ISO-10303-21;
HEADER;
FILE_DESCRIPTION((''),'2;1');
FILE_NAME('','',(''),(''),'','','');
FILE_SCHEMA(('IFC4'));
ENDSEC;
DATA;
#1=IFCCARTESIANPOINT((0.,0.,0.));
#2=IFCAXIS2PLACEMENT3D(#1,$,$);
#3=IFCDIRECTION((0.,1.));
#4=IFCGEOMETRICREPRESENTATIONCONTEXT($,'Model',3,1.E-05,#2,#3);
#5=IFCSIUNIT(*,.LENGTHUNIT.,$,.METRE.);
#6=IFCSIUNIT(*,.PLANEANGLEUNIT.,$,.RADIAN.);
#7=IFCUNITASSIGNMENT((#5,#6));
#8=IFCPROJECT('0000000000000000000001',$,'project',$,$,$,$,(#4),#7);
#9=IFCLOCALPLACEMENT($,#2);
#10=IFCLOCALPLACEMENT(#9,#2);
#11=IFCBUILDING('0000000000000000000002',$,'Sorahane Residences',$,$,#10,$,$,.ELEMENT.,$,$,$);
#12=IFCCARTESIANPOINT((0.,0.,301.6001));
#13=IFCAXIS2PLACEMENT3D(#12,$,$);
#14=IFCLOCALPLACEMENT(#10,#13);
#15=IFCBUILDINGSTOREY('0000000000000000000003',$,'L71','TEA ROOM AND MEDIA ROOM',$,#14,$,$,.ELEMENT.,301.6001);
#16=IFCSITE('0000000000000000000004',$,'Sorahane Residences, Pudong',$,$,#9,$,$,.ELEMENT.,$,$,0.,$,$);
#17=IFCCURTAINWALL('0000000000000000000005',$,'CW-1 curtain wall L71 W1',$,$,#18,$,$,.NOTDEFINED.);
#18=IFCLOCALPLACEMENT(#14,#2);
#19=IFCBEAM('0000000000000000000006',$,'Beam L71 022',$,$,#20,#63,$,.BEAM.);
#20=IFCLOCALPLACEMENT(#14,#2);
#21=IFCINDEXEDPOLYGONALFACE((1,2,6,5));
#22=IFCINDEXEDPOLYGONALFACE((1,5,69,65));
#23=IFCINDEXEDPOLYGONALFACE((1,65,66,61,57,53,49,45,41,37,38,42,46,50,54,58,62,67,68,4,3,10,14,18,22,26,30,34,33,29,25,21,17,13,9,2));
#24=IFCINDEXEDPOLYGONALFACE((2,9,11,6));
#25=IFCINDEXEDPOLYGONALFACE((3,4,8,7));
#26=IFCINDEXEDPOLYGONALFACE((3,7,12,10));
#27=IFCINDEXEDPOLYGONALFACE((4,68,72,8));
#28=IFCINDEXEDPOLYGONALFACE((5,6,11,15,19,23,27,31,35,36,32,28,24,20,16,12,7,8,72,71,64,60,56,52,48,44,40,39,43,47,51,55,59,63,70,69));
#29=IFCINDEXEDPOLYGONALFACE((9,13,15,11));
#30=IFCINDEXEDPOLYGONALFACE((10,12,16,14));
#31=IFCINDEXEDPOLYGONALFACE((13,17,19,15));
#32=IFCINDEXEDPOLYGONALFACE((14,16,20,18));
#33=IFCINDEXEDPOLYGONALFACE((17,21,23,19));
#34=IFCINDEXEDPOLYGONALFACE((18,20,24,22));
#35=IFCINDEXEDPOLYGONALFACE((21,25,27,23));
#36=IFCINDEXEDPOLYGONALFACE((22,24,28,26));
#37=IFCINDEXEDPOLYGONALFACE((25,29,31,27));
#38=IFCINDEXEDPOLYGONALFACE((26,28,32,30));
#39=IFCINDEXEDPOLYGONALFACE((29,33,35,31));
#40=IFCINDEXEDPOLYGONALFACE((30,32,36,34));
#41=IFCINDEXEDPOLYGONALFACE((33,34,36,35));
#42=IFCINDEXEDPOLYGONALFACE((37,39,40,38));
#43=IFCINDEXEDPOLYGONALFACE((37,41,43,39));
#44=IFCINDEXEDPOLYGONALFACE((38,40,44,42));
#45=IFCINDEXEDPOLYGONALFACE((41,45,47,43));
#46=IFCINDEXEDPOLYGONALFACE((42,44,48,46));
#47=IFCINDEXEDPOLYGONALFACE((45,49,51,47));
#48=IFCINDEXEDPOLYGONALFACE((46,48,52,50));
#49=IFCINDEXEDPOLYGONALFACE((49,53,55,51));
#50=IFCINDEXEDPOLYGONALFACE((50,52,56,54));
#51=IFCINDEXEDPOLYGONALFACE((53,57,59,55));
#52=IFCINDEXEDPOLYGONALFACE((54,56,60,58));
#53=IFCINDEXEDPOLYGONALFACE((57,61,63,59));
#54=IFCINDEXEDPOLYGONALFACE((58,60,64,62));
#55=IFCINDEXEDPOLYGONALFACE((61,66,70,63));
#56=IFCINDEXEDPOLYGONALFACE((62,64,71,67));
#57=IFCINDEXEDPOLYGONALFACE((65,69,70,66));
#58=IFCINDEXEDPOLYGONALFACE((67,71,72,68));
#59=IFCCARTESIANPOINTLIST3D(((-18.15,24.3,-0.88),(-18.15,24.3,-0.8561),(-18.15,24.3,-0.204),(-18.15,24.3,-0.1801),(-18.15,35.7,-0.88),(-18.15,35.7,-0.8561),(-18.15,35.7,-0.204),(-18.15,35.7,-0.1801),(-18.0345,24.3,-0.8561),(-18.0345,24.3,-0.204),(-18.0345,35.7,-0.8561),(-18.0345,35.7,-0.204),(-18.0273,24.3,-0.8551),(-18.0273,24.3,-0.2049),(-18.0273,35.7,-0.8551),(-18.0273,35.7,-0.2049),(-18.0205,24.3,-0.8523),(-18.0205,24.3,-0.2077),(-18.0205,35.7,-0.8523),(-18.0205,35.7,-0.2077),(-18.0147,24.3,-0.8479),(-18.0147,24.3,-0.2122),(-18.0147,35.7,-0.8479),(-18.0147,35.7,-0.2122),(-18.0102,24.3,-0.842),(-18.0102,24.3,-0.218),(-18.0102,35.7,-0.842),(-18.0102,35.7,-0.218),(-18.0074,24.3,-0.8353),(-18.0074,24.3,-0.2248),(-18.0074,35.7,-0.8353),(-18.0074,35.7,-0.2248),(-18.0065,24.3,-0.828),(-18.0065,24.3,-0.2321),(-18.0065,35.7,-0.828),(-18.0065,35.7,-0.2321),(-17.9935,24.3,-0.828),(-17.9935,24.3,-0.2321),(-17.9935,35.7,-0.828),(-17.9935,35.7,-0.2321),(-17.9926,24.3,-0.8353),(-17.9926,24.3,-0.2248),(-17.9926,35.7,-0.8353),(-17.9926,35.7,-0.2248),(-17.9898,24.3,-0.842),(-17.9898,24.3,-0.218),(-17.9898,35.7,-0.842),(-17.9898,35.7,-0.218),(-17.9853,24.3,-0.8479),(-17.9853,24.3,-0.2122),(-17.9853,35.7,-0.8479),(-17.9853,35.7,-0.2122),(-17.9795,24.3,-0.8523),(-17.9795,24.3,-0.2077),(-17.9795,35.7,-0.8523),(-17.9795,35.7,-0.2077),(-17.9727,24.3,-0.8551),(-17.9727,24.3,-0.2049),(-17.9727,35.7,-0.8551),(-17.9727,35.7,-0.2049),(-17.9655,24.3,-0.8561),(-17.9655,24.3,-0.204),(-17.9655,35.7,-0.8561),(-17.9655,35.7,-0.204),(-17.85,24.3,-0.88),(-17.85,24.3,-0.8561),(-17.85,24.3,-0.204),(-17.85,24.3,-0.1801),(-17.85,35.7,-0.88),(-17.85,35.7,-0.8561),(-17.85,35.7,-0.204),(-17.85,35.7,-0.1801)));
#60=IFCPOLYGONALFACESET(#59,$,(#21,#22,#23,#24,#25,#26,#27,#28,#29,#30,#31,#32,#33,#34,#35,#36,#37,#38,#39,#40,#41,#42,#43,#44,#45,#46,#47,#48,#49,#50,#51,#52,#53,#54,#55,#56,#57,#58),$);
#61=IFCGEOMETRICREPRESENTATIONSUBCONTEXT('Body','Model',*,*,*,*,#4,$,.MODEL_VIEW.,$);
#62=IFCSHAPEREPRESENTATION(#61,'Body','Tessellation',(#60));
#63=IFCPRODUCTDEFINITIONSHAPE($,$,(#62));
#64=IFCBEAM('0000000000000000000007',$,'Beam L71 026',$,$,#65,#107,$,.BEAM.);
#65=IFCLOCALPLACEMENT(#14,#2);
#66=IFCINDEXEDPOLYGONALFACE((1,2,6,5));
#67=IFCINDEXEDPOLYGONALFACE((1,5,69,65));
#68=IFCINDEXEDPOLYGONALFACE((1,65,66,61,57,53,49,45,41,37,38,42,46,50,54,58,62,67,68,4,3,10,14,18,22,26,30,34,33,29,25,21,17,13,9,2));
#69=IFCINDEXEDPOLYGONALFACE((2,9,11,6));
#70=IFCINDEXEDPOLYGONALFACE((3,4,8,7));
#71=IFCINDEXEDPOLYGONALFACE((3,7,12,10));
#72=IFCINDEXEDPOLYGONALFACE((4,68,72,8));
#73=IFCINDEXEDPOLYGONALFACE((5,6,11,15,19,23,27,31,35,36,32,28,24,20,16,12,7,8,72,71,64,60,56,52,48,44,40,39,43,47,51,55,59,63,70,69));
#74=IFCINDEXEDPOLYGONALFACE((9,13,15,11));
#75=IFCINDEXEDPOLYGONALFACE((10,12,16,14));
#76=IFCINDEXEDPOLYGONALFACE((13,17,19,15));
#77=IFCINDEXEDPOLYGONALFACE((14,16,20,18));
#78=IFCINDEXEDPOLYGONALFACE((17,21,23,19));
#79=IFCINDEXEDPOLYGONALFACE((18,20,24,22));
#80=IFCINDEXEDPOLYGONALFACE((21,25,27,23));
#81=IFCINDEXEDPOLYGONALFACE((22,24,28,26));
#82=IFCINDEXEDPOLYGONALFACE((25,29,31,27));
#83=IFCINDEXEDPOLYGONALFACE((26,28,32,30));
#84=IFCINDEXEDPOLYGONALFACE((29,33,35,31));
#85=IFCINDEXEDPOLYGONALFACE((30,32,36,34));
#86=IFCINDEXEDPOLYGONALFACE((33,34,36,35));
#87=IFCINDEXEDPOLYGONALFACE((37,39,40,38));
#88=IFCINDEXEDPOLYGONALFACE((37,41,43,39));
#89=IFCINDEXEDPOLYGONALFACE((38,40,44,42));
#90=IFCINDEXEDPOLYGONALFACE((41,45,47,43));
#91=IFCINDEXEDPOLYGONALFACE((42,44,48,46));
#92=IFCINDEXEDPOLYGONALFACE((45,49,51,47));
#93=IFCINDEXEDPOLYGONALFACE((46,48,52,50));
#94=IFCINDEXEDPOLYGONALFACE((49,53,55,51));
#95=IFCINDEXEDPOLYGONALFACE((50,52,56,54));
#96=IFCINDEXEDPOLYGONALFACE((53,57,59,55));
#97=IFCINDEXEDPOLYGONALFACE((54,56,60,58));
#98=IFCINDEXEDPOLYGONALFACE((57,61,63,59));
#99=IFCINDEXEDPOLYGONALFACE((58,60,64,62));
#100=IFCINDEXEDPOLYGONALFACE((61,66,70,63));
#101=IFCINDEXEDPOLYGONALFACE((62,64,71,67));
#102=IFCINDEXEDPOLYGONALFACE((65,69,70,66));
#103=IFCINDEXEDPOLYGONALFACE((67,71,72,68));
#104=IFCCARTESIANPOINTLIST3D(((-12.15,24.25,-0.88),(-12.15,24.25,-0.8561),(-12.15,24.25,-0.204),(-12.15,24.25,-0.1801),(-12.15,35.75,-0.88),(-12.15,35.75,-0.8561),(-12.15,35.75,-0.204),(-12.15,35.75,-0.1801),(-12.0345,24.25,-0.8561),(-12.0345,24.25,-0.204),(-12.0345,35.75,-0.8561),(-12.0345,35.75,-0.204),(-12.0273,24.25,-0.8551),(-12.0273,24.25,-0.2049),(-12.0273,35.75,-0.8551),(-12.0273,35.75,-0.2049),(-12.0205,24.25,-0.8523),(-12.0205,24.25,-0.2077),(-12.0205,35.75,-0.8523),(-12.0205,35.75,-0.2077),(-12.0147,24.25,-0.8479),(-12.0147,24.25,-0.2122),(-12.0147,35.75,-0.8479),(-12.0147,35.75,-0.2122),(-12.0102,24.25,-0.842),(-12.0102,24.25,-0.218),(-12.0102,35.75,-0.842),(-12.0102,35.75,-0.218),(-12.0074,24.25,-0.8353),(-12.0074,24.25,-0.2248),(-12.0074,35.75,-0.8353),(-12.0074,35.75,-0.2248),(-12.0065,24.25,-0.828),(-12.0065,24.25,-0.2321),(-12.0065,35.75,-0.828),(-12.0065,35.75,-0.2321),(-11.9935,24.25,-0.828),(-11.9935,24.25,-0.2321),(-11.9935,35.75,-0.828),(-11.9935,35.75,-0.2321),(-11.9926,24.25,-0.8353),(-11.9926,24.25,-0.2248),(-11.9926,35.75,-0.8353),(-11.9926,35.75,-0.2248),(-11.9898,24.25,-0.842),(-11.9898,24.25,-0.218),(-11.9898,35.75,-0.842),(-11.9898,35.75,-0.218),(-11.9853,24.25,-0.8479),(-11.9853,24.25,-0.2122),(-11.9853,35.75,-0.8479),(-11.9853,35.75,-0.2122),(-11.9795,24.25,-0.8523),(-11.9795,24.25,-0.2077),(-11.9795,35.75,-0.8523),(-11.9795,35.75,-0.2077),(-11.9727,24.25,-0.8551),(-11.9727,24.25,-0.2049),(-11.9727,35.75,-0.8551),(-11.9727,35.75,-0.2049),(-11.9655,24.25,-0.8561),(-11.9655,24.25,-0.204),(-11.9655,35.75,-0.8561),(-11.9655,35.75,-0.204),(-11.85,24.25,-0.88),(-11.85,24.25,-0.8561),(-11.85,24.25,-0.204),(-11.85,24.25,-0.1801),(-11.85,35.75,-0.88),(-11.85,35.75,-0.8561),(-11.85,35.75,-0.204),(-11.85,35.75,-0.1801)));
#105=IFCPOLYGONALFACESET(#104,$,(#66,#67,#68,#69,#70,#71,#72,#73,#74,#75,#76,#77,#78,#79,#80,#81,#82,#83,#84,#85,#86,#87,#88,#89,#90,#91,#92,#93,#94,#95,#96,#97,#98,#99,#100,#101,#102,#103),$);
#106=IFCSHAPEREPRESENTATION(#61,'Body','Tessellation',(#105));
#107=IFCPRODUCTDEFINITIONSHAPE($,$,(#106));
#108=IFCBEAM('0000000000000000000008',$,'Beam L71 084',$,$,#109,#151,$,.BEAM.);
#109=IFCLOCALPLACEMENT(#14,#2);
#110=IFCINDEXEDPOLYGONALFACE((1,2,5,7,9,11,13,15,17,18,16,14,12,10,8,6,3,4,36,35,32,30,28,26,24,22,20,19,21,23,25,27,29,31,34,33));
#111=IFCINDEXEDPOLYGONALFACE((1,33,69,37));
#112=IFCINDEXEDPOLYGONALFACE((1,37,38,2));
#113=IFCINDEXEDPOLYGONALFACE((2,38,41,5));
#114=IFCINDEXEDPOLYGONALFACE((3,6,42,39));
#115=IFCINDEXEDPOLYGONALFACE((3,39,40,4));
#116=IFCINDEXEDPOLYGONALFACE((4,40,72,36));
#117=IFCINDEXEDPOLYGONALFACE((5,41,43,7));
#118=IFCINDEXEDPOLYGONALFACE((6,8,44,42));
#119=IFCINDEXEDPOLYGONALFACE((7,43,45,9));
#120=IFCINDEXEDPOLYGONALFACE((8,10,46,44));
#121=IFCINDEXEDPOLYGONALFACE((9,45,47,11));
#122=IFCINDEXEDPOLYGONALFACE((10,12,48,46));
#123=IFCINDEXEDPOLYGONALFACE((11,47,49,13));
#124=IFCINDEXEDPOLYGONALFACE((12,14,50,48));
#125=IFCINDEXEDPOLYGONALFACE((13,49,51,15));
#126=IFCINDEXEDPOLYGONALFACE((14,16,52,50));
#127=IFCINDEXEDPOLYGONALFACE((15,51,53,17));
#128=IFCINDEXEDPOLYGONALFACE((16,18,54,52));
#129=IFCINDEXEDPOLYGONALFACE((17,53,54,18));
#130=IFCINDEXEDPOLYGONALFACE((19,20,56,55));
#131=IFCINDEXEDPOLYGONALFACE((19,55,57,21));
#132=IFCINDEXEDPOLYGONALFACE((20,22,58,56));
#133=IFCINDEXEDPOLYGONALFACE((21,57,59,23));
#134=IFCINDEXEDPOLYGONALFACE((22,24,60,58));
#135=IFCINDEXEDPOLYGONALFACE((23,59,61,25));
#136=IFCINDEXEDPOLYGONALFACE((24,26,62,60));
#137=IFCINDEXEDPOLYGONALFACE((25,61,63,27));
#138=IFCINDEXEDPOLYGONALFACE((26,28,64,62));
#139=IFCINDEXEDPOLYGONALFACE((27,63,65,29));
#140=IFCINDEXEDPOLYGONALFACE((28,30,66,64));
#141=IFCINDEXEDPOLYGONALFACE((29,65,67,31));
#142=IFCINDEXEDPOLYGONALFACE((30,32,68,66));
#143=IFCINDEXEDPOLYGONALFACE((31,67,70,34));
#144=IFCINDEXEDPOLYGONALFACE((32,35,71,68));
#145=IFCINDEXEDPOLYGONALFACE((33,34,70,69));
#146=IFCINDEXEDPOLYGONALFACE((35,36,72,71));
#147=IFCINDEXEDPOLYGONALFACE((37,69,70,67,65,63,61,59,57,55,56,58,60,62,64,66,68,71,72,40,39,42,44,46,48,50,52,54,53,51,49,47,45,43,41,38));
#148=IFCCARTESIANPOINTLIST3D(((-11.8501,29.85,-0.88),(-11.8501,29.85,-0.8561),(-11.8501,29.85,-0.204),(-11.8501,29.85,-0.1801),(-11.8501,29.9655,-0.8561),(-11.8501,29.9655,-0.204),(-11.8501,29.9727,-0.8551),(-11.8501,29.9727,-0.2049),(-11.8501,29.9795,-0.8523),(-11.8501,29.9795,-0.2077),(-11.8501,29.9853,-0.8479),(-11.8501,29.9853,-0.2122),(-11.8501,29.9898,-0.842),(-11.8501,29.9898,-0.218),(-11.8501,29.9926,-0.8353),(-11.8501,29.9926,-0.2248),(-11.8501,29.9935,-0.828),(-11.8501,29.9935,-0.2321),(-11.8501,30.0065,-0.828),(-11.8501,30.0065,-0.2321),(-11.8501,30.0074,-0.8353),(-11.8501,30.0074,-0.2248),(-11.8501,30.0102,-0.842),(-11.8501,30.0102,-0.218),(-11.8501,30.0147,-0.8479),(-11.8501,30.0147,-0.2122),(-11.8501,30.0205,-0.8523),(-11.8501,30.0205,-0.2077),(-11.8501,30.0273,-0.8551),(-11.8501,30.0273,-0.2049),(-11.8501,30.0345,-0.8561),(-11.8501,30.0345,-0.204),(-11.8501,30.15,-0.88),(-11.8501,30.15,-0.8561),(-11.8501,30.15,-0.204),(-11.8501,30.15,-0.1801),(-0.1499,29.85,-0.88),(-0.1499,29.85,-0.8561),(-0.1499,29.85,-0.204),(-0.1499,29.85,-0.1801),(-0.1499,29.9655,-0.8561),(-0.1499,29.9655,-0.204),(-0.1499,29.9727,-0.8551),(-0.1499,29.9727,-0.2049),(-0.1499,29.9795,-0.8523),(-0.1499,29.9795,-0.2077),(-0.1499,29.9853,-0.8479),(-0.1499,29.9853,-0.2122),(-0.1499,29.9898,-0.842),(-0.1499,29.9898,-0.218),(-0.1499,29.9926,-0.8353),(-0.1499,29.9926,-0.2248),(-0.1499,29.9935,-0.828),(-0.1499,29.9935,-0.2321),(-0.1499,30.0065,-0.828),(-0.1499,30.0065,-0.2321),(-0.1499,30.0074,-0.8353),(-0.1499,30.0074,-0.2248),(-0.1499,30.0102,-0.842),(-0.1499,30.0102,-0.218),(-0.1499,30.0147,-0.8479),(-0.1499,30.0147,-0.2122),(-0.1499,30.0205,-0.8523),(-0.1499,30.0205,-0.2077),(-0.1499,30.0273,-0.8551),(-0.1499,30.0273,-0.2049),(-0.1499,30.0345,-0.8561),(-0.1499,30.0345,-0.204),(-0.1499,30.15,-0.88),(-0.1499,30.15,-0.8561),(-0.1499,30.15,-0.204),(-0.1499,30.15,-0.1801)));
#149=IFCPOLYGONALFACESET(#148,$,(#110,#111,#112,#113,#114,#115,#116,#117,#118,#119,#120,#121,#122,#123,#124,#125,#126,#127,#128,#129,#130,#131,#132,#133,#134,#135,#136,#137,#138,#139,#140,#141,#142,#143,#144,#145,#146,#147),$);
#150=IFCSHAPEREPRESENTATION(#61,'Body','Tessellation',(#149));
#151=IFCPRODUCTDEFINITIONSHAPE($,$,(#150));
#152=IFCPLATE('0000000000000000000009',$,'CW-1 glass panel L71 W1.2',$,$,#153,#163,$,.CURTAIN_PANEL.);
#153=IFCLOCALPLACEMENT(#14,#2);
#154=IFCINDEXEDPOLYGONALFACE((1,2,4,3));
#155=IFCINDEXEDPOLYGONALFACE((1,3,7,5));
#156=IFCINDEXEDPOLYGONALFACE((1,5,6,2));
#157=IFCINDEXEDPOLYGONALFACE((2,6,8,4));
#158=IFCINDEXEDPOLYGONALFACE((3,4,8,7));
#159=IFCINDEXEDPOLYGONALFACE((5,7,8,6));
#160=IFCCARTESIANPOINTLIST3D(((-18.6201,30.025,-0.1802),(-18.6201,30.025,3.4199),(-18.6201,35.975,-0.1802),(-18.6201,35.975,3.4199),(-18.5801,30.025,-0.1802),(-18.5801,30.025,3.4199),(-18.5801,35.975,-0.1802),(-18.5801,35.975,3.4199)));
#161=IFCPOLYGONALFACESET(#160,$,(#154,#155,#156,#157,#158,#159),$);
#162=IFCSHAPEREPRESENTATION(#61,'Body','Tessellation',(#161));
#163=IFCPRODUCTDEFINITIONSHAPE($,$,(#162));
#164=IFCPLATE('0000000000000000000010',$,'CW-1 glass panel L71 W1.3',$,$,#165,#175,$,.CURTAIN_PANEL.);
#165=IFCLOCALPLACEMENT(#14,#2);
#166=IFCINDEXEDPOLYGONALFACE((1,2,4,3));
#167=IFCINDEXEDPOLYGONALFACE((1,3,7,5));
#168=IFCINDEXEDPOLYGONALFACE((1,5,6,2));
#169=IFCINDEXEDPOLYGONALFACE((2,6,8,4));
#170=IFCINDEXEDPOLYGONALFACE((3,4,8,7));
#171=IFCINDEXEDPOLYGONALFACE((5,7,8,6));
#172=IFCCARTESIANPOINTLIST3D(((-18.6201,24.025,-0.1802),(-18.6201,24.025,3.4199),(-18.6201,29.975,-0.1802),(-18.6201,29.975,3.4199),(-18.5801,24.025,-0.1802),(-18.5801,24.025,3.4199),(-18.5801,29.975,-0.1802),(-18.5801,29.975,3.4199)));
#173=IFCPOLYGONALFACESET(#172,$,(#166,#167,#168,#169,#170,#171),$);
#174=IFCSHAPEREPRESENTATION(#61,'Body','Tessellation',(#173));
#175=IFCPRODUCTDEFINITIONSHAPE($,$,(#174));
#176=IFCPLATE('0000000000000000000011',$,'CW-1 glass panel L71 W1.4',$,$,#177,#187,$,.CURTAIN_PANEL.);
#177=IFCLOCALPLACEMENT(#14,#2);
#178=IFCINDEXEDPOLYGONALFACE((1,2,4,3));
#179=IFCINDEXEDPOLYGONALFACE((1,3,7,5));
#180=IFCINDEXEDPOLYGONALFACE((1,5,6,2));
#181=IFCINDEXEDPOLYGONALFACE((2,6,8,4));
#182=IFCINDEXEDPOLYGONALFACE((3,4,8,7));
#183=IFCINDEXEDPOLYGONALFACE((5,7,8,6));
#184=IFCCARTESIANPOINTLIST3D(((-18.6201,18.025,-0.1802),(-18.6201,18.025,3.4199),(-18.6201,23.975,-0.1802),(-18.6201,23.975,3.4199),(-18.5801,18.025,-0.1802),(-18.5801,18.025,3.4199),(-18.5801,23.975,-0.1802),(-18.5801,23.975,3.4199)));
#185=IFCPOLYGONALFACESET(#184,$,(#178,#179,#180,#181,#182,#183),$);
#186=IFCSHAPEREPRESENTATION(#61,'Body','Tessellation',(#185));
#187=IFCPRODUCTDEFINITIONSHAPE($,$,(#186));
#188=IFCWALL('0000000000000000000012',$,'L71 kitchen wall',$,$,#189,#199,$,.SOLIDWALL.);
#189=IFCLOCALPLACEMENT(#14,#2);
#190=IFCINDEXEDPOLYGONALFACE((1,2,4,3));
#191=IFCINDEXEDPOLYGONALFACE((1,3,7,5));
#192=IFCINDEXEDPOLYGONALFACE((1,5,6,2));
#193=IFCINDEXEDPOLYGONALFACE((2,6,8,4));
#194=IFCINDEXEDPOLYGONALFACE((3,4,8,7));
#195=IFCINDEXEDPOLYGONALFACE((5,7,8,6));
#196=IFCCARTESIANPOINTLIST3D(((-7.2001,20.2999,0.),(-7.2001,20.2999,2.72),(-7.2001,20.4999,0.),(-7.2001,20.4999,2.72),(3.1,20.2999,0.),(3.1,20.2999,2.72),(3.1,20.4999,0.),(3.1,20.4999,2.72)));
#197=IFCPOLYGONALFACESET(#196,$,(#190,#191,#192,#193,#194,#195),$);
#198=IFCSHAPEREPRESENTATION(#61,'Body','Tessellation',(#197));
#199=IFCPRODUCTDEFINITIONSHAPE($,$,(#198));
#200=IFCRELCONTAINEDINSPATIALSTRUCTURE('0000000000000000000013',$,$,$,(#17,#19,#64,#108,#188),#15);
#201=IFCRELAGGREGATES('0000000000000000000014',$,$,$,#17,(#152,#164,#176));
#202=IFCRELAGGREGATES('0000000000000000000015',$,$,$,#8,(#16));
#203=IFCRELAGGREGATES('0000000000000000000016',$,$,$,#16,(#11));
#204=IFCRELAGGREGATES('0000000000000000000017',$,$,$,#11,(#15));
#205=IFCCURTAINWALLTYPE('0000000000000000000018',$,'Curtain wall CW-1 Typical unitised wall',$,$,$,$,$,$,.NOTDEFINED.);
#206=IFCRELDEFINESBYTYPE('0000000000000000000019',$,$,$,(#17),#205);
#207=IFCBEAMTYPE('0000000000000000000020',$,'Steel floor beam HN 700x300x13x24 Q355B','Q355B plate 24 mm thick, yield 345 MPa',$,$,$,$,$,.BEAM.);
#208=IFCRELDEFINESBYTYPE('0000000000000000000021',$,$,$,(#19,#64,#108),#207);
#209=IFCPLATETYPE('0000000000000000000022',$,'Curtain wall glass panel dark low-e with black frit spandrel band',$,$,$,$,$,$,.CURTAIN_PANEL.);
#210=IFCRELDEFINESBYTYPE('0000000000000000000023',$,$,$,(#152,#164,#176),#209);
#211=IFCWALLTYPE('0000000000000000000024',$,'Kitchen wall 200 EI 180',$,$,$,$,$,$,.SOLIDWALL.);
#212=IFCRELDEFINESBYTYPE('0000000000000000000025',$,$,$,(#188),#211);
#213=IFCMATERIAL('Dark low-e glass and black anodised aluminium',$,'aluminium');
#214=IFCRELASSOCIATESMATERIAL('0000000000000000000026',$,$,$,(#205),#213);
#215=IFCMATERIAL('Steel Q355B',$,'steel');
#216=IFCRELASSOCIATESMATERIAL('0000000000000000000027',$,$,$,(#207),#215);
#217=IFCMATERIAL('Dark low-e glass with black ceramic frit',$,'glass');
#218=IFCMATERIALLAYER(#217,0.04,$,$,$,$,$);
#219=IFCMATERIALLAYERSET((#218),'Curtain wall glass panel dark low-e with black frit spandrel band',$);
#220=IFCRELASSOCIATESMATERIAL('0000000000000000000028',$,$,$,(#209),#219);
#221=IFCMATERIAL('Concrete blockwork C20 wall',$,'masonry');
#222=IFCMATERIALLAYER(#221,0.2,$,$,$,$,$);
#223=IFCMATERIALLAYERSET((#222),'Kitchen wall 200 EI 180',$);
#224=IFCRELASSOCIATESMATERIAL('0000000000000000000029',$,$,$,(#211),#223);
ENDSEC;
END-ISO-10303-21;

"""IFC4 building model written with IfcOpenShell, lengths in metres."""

from ifc_helpers import new_model, si_unit, direction, frame, frame_2d, origin, origin_2d, place, context, subcontext, project, spatial, rectangle, i_section, extrude, material, layer, layer_set, material_profile, profile_set, type_object, element, aggregate, save


model = new_model("IFC4")

# Units and contexts
model_context = context("Model", 3, precision=1e-05, world=origin(), true_north=direction((0.0, 1.0)))
body_context = subcontext(model_context, "Body", "Model", "MODEL_VIEW")
ifc_project = project(units=[si_unit("LENGTHUNIT", "METRE"), si_unit("PLANEANGLEUNIT", "RADIAN")], contexts=[model_context])

# Site, building, storey
site_placement = place(None, origin())
site = spatial("IfcSite", under=ifc_project, at=site_placement, Name="Sorahane Residences, Pudong", CompositionType="ELEMENT", RefElevation=0.0)
building_placement = place(site_placement, origin())
building = spatial("IfcBuilding", under=site, at=building_placement, Name="Sorahane Residences", CompositionType="ELEMENT")
storey_placement = place(building_placement, frame((0.0, 0.0, 301.6001)))
storey = spatial("IfcBuildingStorey", under=building, at=storey_placement, Name="L71", Description="TEA ROOM AND MEDIA ROOM", CompositionType="ELEMENT", Elevation=301.6001)

# Curtain wall
ifc_material_1 = material(Name="Dark low-e glass and black anodised aluminium", Category="aluminium")
curtain_wall_type = type_object("IfcCurtainWallType", Name="Curtain wall CW-1 Typical unitised wall", PredefinedType="NOTDEFINED", material=ifc_material_1)
curtain_wall_placement = place(storey_placement, origin())
curtain_wall = element("IfcCurtainWall", 1, at=curtain_wall_placement, inside=storey, type_object=curtain_wall_type, Name="CW-1 curtain wall L71 W1", PredefinedType="NOTDEFINED")

# Beams
ifc_material_2 = material(Name="Steel Q355B", Category="steel")
ifc_material_profile_1 = material_profile(ifc_material_2, i_section(OverallWidth=0.3, OverallDepth=0.7, WebThickness=0.0129, FlangeThickness=0.0239, FilletRadius=0.0281, at=origin_2d()), Name="HN 700x300x13x24")
ifc_profile_set_1 = profile_set([ifc_material_profile_1], Name="Steel Q355B")
beam_type_1 = type_object("IfcBeamType", Name="Steel floor beam HN 700x300x13x24 Q355B", Description="Q355B plate 24 mm thick, yield 345 MPa", PredefinedType="BEAM", material=ifc_profile_set_1)
beam_1_placement = place(storey_placement, frame((-18.0, 24.3, -0.53), z_axis=(0.0, 1.0, 0.0), x_axis=(-1.0, 0.0, 0.0)))
element("IfcBeam", 2, at=beam_1_placement, inside=storey, type_object=beam_type_1, Name="Beam L71 022", PredefinedType="BEAM", context=body_context, shape_type="SweptSolid", body=[
    extrude(i_section(OverallWidth=0.3, OverallDepth=0.7, WebThickness=0.0129, FlangeThickness=0.0239, FilletRadius=0.0281, at=origin_2d()), origin(), (0.0, 0.0, 1.0), 11.3999),
])
beam_2_placement = place(storey_placement, frame((-12.0, 24.25, -0.53), z_axis=(0.0, 1.0, 0.0), x_axis=(-1.0, 0.0, 0.0)))
element("IfcBeam", 3, at=beam_2_placement, inside=storey, type_object=beam_type_1, Name="Beam L71 026", PredefinedType="BEAM", context=body_context, shape_type="SweptSolid", body=[
    extrude(i_section(OverallWidth=0.3, OverallDepth=0.7, WebThickness=0.0129, FlangeThickness=0.0239, FilletRadius=0.0281, at=origin_2d()), origin(), (0.0, 0.0, 1.0), 11.5),
])
beam_3_placement = place(storey_placement, frame((-11.8501, 30.0, -0.53), z_axis=(1.0, 0.0, 0.0), x_axis=(0.0, 1.0, 0.0)))
element("IfcBeam", 4, at=beam_3_placement, inside=storey, type_object=beam_type_1, Name="Beam L71 084", PredefinedType="BEAM", context=body_context, shape_type="SweptSolid", body=[
    extrude(i_section(OverallWidth=0.3, OverallDepth=0.7, WebThickness=0.0129, FlangeThickness=0.0239, FilletRadius=0.0281, at=origin_2d()), origin(), (0.0, 0.0, 1.0), 11.7002),
])

# Plates
ifc_material_3 = material(Name="Dark low-e glass with black ceramic frit", Category="glass")
ifc_layer_1 = layer(ifc_material_3, 0.04)
ifc_layer_set_1 = layer_set([ifc_layer_1], Name="Curtain wall glass panel dark low-e with black frit spandrel band")
plate_type = type_object("IfcPlateType", Name="Curtain wall glass panel dark low-e with black frit spandrel band", PredefinedType="CURTAIN_PANEL", material=ifc_layer_set_1)
plate_1_placement = place(storey_placement, frame((-18.6001, 33.0, -0.1802), z_axis=(0.0, 0.0, 1.0), x_axis=(0.0, -1.0, 0.0)))
plate_1 = element("IfcPlate", 5, at=plate_1_placement, type_object=plate_type, Name="CW-1 glass panel L71 W1.2", PredefinedType="CURTAIN_PANEL", context=body_context, shape_type="SweptSolid", body=[
    extrude(rectangle(XDim=5.95, YDim=0.04, at=origin_2d()), origin(), (0.0, 0.0, 1.0), 3.6001),
])
plate_2_placement = place(storey_placement, frame((-18.6001, 27.0, -0.1802), z_axis=(0.0, 0.0, 1.0), x_axis=(0.0, -1.0, 0.0)))
plate_2 = element("IfcPlate", 6, at=plate_2_placement, type_object=plate_type, Name="CW-1 glass panel L71 W1.3", PredefinedType="CURTAIN_PANEL", context=body_context, shape_type="SweptSolid", body=[
    extrude(rectangle(XDim=5.95, YDim=0.04, at=origin_2d()), origin(), (0.0, 0.0, 1.0), 3.6001),
])
plate_3_placement = place(storey_placement, frame((-18.6001, 21.0, -0.1802), z_axis=(0.0, 0.0, 1.0), x_axis=(0.0, -1.0, 0.0)))
plate_3 = element("IfcPlate", 7, at=plate_3_placement, type_object=plate_type, Name="CW-1 glass panel L71 W1.4", PredefinedType="CURTAIN_PANEL", context=body_context, shape_type="SweptSolid", body=[
    extrude(rectangle(XDim=5.95, YDim=0.04, at=origin_2d()), origin(), (0.0, 0.0, 1.0), 3.6001),
])
aggregate(curtain_wall, [plate_1, plate_2, plate_3])

# Wall
ifc_material_4 = material(Name="Concrete blockwork C20 wall", Category="masonry")
ifc_layer_2 = layer(ifc_material_4, 0.2)
ifc_layer_set_2 = layer_set([ifc_layer_2], Name="Kitchen wall 200 EI 180")
wall_type_1 = type_object("IfcWallType", Name="Kitchen wall 200 EI 180", PredefinedType="SOLIDWALL", material=ifc_layer_set_2)
for number, where, z_axis, x_axis, name in (
    (8, (-7.2, 20.3999, 0.0), (0.0, 0.0, 1.0), (1.0, 0.0, 0.0), "L71 kitchen wall"),
):
    element("IfcWall", number, at=place(storey_placement, frame(where, z_axis=z_axis, x_axis=x_axis)), inside=storey, type_object=wall_type_1, Name=name, PredefinedType="SOLIDWALL", context=body_context, shape_type="SweptSolid", body=[
        extrude(rectangle(XDim=10.3, YDim=0.2, at=frame_2d((5.1499, 0.0))), origin(), (0.0, 0.0, 1.0), 2.72),
    ])

save(model, "model.ifc")
